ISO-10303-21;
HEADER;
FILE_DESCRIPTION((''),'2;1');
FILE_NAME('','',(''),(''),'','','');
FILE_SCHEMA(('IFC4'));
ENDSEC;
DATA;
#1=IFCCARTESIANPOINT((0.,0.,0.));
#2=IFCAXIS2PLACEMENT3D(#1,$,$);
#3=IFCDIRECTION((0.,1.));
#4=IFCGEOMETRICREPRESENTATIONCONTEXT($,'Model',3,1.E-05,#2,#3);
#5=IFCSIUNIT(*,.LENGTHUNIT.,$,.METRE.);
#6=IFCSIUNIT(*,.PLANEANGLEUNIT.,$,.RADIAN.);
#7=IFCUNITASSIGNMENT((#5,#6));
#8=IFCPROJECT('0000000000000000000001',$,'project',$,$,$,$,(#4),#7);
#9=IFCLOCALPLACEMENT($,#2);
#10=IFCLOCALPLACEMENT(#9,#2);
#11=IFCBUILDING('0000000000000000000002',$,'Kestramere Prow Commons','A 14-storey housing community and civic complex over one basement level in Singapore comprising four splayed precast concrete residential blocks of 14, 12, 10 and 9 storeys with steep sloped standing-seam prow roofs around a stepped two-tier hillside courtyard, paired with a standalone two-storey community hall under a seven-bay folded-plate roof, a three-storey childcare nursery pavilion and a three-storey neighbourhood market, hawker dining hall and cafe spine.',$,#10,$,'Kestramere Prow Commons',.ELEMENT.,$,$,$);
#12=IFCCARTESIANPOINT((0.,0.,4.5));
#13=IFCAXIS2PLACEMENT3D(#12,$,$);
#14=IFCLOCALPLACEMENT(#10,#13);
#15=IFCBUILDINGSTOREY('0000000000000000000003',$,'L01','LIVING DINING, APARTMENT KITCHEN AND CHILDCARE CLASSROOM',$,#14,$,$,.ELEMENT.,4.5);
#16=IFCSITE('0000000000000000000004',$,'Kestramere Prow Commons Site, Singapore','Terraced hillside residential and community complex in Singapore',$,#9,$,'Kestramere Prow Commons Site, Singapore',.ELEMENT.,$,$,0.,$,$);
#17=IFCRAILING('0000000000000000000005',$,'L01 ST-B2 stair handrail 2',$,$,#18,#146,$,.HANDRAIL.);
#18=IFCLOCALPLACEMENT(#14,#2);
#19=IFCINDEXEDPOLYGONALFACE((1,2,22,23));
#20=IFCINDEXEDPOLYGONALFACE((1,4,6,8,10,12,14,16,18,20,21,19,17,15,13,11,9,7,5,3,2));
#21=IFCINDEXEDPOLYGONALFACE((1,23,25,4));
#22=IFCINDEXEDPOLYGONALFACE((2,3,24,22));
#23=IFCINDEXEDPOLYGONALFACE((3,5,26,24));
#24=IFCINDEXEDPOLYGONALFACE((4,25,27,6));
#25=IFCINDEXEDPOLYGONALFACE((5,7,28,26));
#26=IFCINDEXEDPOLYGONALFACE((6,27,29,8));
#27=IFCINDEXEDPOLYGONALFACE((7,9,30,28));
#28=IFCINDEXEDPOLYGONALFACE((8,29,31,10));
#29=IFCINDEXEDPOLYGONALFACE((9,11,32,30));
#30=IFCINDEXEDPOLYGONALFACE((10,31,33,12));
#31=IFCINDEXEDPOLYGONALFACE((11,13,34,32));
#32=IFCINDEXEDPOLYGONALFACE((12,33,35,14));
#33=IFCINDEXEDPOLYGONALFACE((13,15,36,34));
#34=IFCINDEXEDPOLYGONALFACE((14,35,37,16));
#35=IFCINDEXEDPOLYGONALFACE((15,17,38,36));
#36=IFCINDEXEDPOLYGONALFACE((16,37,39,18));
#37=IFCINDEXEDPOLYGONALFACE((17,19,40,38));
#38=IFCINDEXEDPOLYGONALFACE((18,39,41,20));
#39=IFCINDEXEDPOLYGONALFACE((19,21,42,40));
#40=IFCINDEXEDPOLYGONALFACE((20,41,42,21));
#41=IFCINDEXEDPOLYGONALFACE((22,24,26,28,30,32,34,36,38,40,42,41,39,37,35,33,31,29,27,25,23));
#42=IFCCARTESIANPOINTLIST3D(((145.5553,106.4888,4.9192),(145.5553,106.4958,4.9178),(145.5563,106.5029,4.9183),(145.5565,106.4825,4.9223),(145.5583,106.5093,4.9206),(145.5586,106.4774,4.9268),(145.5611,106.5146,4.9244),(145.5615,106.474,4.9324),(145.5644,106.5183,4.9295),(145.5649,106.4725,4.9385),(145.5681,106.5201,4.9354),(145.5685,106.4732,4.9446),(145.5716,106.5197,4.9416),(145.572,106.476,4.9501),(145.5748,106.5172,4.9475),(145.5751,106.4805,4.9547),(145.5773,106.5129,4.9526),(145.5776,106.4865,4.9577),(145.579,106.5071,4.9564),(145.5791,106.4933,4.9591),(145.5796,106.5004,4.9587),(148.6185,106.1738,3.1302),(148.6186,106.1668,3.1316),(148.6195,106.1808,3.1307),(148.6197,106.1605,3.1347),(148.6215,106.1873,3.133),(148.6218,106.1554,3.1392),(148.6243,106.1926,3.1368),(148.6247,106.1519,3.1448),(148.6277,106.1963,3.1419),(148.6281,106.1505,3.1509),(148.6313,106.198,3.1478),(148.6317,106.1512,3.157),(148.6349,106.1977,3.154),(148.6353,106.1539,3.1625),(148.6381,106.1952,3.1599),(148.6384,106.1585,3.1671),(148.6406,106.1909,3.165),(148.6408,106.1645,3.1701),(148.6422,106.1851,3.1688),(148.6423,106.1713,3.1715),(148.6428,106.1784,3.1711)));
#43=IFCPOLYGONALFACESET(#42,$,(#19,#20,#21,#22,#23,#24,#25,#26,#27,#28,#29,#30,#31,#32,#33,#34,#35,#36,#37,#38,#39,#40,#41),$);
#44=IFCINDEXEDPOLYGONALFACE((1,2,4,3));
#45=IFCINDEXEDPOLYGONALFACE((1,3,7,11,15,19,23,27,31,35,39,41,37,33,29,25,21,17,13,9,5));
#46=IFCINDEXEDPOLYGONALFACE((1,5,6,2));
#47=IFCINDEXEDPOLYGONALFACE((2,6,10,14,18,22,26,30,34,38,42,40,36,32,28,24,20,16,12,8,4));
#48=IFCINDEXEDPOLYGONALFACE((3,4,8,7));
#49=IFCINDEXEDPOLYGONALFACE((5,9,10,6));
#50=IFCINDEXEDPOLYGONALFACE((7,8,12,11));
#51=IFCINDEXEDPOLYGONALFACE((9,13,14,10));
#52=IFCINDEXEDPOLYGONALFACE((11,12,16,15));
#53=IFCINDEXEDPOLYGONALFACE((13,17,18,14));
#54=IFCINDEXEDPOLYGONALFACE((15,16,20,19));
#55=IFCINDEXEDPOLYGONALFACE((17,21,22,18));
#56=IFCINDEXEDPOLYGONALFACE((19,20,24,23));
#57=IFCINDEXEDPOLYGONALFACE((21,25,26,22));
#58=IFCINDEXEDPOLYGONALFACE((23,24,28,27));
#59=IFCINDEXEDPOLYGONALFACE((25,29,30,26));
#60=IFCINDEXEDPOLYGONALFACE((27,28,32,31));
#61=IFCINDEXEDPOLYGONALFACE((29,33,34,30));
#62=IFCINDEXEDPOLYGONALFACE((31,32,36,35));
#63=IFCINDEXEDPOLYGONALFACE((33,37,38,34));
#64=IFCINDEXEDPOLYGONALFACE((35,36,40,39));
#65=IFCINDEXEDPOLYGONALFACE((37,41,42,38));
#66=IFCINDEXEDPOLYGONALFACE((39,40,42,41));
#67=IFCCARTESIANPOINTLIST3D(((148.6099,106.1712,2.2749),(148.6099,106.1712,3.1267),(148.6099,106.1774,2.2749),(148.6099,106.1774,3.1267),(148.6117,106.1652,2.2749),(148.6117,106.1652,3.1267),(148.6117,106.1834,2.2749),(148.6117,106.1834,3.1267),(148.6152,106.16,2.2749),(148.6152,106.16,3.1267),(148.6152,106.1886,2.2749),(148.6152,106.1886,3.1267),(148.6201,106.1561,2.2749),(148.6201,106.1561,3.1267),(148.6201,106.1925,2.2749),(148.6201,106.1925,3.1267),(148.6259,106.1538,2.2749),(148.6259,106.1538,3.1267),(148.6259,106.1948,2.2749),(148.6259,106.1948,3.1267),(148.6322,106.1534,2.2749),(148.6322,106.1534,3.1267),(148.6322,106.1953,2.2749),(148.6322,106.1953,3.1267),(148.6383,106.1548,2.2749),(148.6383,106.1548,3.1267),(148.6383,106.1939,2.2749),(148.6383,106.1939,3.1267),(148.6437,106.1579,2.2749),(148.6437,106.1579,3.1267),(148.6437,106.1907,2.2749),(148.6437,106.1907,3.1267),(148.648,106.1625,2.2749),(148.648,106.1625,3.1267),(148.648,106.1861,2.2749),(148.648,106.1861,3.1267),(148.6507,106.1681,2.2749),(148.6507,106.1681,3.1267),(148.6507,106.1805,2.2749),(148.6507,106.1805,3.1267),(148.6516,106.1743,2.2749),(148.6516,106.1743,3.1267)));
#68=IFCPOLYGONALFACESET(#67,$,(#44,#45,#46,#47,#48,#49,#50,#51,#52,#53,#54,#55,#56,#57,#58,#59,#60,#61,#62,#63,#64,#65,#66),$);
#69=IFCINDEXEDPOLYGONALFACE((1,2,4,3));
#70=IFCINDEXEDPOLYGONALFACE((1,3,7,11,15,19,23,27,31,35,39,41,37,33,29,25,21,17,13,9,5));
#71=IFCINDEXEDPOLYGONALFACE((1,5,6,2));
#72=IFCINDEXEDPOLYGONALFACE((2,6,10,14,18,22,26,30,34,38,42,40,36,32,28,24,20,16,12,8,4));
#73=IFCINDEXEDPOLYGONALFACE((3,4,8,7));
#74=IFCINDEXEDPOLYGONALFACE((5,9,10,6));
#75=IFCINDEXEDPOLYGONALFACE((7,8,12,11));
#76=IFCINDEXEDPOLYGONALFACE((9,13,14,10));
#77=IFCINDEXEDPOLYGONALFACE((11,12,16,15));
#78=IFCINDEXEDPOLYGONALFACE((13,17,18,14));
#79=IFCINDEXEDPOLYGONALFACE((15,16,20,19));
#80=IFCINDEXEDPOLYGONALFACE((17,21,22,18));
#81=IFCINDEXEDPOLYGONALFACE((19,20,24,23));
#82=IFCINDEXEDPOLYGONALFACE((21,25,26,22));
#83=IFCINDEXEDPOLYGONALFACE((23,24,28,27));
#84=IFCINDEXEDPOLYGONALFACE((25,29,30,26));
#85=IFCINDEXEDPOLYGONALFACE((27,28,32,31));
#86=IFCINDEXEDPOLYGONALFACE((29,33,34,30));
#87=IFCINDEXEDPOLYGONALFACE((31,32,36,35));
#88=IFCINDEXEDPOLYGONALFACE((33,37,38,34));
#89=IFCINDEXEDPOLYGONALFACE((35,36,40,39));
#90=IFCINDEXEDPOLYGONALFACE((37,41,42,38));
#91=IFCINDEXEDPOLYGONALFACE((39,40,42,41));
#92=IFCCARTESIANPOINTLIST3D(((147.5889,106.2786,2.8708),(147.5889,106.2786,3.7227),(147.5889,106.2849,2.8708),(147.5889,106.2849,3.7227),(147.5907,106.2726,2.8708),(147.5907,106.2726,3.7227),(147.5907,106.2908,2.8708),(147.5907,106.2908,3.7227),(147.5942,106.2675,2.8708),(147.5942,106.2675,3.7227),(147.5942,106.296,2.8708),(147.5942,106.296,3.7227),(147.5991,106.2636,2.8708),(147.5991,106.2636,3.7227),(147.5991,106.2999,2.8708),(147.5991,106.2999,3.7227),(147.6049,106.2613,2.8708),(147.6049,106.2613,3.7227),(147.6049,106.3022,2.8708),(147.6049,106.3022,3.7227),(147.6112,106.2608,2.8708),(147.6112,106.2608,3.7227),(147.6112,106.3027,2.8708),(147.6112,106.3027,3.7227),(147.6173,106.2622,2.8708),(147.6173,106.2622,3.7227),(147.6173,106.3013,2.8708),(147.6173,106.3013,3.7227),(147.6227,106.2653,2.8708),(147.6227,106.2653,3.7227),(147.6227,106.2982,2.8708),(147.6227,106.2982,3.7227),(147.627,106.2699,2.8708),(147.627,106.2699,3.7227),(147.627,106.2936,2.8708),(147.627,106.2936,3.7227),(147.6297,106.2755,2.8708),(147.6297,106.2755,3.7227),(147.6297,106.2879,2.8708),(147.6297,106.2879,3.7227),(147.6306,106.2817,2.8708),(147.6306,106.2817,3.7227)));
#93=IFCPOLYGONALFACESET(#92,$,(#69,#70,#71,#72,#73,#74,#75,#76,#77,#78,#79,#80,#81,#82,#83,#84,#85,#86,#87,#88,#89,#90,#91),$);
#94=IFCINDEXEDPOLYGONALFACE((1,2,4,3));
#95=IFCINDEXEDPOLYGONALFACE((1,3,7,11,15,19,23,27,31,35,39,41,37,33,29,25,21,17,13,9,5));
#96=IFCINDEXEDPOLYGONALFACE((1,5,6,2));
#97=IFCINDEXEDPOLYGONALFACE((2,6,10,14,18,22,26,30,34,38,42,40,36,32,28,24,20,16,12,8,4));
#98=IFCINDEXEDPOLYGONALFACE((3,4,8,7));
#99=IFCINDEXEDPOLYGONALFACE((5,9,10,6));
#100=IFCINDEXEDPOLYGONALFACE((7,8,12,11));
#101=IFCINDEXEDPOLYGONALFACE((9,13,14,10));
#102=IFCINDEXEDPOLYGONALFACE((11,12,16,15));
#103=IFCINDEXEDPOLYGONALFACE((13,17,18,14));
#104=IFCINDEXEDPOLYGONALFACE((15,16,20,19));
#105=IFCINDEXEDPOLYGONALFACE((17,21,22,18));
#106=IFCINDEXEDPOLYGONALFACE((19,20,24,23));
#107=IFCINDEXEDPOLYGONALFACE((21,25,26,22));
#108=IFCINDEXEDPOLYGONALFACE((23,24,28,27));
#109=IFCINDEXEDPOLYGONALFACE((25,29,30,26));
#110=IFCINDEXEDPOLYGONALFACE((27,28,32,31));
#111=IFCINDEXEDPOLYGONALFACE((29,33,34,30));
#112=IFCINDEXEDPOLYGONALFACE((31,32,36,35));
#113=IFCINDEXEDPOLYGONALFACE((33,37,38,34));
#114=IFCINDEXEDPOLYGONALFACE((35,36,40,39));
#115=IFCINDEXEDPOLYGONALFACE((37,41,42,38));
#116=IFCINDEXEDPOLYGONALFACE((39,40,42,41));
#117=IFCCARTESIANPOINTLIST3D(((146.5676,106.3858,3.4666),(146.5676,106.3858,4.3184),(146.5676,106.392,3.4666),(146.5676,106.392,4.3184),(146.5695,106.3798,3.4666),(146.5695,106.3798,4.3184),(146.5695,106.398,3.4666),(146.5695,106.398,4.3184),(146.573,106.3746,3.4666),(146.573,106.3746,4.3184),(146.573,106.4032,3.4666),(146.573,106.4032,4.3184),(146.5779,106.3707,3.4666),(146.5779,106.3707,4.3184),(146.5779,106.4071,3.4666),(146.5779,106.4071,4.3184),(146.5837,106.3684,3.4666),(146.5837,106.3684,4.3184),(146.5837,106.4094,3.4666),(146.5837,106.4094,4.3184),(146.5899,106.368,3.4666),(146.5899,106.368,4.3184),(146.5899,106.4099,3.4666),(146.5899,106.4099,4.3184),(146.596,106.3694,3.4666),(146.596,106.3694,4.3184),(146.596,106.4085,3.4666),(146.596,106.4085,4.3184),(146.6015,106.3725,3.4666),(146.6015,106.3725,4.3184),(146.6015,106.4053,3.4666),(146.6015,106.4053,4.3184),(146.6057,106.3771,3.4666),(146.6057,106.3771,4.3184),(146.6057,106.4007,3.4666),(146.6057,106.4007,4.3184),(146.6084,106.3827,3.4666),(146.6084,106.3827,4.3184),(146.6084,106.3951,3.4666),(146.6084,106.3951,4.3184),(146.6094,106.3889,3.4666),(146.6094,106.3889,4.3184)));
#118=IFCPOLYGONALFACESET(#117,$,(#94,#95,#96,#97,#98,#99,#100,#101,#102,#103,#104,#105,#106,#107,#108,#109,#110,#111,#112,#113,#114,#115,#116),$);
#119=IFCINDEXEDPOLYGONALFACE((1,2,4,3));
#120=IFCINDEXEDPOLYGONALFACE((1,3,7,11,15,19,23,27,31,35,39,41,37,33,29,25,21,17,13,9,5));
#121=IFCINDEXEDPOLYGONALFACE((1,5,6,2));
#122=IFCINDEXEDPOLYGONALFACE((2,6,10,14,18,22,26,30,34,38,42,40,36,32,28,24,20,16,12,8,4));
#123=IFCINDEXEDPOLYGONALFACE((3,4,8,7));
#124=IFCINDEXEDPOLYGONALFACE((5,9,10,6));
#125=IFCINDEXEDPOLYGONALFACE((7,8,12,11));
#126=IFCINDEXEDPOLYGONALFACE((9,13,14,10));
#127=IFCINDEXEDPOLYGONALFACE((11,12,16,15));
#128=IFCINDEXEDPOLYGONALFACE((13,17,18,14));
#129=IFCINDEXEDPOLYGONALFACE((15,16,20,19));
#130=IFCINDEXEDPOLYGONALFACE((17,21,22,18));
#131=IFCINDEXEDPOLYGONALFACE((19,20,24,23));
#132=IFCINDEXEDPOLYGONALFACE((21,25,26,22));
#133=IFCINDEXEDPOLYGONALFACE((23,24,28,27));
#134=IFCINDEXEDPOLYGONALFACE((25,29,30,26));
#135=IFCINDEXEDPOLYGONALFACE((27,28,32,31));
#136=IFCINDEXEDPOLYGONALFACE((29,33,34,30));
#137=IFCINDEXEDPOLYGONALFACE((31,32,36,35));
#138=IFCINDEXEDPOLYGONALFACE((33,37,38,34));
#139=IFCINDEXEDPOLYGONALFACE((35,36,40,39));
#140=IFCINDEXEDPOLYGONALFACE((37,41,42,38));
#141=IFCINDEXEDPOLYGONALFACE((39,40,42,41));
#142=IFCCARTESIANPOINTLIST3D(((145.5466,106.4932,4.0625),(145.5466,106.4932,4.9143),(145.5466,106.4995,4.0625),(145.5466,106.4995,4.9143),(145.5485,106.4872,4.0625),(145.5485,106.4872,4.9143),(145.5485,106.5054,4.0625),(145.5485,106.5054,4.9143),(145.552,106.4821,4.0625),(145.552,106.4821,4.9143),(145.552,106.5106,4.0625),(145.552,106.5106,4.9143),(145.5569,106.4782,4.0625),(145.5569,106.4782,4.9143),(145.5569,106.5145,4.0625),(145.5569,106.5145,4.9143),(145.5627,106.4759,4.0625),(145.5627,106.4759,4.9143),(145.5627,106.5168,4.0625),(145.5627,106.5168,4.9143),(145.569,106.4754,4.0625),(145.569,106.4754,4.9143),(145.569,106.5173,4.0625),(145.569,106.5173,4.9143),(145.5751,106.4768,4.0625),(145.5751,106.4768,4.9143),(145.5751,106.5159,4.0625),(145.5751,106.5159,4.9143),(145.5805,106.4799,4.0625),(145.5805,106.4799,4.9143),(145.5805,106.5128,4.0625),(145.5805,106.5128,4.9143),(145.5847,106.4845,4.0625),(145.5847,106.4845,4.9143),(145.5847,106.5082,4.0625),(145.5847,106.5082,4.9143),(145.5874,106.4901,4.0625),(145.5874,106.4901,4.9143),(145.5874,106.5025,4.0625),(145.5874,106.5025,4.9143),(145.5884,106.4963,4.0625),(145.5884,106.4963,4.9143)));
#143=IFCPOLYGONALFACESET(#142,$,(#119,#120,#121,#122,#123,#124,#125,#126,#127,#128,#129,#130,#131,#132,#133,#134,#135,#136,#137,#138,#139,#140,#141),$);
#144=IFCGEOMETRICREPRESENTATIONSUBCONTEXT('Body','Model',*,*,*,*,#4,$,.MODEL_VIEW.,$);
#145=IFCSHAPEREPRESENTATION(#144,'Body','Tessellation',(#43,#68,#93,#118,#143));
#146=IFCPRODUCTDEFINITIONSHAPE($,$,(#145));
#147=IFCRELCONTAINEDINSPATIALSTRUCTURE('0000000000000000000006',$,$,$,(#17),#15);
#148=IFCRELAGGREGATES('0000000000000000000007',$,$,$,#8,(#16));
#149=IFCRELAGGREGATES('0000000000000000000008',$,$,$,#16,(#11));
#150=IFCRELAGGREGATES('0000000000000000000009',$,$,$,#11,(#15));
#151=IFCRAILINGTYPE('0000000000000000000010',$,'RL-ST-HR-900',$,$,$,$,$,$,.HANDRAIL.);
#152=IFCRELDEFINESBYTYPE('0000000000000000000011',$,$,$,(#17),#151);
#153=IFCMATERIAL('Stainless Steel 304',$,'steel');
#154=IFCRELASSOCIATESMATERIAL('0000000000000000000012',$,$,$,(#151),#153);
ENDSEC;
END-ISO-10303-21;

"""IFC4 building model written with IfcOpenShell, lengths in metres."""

from ifc_helpers import new_model, si_unit, direction, frame, origin, origin_2d, place, context, subcontext, project, spatial, circle, extrude, material, type_object, element, save


model = new_model("IFC4")

# Units and contexts
model_context = context("Model", 3, precision=1e-05, world=origin(), true_north=direction((0.0, 1.0)))
body_context = subcontext(model_context, "Body", "Model", "MODEL_VIEW")
ifc_project = project(units=[si_unit("LENGTHUNIT", "METRE"), si_unit("PLANEANGLEUNIT", "RADIAN")], contexts=[model_context])

# Site, building, storey
site_placement = place(None, origin())
site = spatial("IfcSite", under=ifc_project, at=site_placement, Name="Kestramere Prow Commons Site, Singapore", Description="Terraced hillside residential and community complex in Singapore", LongName="Kestramere Prow Commons Site, Singapore", CompositionType="ELEMENT", RefElevation=0.0)
building_placement = place(site_placement, origin())
building = spatial("IfcBuilding", under=site, at=building_placement, Name="Kestramere Prow Commons", Description="A 14-storey housing community and civic complex over one basement level in Singapore comprising four splayed precast concrete residential blocks of 14, 12, 10 and 9 storeys with steep sloped standing-seam prow roofs around a stepped two-tier hillside courtyard, paired with a standalone two-storey community hall under a seven-bay folded-plate roof, a three-storey childcare nursery pavilion and a three-storey neighbourhood market, hawker dining hall and cafe spine.", LongName="Kestramere Prow Commons", CompositionType="ELEMENT")
storey_placement = place(building_placement, frame((0.0, 0.0, 4.5)))
storey = spatial("IfcBuildingStorey", under=building, at=storey_placement, Name="L01", Description="LIVING DINING, APARTMENT KITCHEN AND CHILDCARE CLASSROOM", CompositionType="ELEMENT", Elevation=4.5)

# Railing
ifc_material_1 = material(Name="Stainless Steel 304", Category="steel")
railing_type_1 = type_object("IfcRailingType", Name="RL-ST-HR-900", PredefinedType="HANDRAIL", material=ifc_material_1)
railing_1_placement = place(storey_placement, frame((148.6306, 106.1743, 2.2749)))
element("IfcRailing", 1, at=railing_1_placement, inside=storey, type_object=railing_type_1, Name="L01 ST-B2 stair handrail 2", PredefinedType="HANDRAIL", context=body_context, shape_type="SweptSolid", body=[
    extrude(circle(Radius=0.0239, at=origin_2d()), frame((0.0, 0.0, 0.876), z_axis=(-0.860153, 0.090423, 0.501956), x_axis=(-0.104549, -0.99452, 0.0)), (0.0, 0.0, 1.0), 3.5613),
    extrude(circle(Radius=0.021, at=origin_2d()), origin(), (0.0, 0.0, 1.0), 0.8518),
    extrude(circle(Radius=0.021, at=origin_2d()), frame((-1.021, 0.1074, 0.5959)), (0.0, 0.0, 1.0), 0.8518),
    extrude(circle(Radius=0.021, at=origin_2d()), frame((-2.0422, 0.2146, 1.1917)), (0.0, 0.0, 1.0), 0.8518),
    extrude(circle(Radius=0.021, at=origin_2d()), frame((-3.0632, 0.322, 1.7876)), (0.0, 0.0, 1.0), 0.8518),
])

save(model, "model.ifc")
